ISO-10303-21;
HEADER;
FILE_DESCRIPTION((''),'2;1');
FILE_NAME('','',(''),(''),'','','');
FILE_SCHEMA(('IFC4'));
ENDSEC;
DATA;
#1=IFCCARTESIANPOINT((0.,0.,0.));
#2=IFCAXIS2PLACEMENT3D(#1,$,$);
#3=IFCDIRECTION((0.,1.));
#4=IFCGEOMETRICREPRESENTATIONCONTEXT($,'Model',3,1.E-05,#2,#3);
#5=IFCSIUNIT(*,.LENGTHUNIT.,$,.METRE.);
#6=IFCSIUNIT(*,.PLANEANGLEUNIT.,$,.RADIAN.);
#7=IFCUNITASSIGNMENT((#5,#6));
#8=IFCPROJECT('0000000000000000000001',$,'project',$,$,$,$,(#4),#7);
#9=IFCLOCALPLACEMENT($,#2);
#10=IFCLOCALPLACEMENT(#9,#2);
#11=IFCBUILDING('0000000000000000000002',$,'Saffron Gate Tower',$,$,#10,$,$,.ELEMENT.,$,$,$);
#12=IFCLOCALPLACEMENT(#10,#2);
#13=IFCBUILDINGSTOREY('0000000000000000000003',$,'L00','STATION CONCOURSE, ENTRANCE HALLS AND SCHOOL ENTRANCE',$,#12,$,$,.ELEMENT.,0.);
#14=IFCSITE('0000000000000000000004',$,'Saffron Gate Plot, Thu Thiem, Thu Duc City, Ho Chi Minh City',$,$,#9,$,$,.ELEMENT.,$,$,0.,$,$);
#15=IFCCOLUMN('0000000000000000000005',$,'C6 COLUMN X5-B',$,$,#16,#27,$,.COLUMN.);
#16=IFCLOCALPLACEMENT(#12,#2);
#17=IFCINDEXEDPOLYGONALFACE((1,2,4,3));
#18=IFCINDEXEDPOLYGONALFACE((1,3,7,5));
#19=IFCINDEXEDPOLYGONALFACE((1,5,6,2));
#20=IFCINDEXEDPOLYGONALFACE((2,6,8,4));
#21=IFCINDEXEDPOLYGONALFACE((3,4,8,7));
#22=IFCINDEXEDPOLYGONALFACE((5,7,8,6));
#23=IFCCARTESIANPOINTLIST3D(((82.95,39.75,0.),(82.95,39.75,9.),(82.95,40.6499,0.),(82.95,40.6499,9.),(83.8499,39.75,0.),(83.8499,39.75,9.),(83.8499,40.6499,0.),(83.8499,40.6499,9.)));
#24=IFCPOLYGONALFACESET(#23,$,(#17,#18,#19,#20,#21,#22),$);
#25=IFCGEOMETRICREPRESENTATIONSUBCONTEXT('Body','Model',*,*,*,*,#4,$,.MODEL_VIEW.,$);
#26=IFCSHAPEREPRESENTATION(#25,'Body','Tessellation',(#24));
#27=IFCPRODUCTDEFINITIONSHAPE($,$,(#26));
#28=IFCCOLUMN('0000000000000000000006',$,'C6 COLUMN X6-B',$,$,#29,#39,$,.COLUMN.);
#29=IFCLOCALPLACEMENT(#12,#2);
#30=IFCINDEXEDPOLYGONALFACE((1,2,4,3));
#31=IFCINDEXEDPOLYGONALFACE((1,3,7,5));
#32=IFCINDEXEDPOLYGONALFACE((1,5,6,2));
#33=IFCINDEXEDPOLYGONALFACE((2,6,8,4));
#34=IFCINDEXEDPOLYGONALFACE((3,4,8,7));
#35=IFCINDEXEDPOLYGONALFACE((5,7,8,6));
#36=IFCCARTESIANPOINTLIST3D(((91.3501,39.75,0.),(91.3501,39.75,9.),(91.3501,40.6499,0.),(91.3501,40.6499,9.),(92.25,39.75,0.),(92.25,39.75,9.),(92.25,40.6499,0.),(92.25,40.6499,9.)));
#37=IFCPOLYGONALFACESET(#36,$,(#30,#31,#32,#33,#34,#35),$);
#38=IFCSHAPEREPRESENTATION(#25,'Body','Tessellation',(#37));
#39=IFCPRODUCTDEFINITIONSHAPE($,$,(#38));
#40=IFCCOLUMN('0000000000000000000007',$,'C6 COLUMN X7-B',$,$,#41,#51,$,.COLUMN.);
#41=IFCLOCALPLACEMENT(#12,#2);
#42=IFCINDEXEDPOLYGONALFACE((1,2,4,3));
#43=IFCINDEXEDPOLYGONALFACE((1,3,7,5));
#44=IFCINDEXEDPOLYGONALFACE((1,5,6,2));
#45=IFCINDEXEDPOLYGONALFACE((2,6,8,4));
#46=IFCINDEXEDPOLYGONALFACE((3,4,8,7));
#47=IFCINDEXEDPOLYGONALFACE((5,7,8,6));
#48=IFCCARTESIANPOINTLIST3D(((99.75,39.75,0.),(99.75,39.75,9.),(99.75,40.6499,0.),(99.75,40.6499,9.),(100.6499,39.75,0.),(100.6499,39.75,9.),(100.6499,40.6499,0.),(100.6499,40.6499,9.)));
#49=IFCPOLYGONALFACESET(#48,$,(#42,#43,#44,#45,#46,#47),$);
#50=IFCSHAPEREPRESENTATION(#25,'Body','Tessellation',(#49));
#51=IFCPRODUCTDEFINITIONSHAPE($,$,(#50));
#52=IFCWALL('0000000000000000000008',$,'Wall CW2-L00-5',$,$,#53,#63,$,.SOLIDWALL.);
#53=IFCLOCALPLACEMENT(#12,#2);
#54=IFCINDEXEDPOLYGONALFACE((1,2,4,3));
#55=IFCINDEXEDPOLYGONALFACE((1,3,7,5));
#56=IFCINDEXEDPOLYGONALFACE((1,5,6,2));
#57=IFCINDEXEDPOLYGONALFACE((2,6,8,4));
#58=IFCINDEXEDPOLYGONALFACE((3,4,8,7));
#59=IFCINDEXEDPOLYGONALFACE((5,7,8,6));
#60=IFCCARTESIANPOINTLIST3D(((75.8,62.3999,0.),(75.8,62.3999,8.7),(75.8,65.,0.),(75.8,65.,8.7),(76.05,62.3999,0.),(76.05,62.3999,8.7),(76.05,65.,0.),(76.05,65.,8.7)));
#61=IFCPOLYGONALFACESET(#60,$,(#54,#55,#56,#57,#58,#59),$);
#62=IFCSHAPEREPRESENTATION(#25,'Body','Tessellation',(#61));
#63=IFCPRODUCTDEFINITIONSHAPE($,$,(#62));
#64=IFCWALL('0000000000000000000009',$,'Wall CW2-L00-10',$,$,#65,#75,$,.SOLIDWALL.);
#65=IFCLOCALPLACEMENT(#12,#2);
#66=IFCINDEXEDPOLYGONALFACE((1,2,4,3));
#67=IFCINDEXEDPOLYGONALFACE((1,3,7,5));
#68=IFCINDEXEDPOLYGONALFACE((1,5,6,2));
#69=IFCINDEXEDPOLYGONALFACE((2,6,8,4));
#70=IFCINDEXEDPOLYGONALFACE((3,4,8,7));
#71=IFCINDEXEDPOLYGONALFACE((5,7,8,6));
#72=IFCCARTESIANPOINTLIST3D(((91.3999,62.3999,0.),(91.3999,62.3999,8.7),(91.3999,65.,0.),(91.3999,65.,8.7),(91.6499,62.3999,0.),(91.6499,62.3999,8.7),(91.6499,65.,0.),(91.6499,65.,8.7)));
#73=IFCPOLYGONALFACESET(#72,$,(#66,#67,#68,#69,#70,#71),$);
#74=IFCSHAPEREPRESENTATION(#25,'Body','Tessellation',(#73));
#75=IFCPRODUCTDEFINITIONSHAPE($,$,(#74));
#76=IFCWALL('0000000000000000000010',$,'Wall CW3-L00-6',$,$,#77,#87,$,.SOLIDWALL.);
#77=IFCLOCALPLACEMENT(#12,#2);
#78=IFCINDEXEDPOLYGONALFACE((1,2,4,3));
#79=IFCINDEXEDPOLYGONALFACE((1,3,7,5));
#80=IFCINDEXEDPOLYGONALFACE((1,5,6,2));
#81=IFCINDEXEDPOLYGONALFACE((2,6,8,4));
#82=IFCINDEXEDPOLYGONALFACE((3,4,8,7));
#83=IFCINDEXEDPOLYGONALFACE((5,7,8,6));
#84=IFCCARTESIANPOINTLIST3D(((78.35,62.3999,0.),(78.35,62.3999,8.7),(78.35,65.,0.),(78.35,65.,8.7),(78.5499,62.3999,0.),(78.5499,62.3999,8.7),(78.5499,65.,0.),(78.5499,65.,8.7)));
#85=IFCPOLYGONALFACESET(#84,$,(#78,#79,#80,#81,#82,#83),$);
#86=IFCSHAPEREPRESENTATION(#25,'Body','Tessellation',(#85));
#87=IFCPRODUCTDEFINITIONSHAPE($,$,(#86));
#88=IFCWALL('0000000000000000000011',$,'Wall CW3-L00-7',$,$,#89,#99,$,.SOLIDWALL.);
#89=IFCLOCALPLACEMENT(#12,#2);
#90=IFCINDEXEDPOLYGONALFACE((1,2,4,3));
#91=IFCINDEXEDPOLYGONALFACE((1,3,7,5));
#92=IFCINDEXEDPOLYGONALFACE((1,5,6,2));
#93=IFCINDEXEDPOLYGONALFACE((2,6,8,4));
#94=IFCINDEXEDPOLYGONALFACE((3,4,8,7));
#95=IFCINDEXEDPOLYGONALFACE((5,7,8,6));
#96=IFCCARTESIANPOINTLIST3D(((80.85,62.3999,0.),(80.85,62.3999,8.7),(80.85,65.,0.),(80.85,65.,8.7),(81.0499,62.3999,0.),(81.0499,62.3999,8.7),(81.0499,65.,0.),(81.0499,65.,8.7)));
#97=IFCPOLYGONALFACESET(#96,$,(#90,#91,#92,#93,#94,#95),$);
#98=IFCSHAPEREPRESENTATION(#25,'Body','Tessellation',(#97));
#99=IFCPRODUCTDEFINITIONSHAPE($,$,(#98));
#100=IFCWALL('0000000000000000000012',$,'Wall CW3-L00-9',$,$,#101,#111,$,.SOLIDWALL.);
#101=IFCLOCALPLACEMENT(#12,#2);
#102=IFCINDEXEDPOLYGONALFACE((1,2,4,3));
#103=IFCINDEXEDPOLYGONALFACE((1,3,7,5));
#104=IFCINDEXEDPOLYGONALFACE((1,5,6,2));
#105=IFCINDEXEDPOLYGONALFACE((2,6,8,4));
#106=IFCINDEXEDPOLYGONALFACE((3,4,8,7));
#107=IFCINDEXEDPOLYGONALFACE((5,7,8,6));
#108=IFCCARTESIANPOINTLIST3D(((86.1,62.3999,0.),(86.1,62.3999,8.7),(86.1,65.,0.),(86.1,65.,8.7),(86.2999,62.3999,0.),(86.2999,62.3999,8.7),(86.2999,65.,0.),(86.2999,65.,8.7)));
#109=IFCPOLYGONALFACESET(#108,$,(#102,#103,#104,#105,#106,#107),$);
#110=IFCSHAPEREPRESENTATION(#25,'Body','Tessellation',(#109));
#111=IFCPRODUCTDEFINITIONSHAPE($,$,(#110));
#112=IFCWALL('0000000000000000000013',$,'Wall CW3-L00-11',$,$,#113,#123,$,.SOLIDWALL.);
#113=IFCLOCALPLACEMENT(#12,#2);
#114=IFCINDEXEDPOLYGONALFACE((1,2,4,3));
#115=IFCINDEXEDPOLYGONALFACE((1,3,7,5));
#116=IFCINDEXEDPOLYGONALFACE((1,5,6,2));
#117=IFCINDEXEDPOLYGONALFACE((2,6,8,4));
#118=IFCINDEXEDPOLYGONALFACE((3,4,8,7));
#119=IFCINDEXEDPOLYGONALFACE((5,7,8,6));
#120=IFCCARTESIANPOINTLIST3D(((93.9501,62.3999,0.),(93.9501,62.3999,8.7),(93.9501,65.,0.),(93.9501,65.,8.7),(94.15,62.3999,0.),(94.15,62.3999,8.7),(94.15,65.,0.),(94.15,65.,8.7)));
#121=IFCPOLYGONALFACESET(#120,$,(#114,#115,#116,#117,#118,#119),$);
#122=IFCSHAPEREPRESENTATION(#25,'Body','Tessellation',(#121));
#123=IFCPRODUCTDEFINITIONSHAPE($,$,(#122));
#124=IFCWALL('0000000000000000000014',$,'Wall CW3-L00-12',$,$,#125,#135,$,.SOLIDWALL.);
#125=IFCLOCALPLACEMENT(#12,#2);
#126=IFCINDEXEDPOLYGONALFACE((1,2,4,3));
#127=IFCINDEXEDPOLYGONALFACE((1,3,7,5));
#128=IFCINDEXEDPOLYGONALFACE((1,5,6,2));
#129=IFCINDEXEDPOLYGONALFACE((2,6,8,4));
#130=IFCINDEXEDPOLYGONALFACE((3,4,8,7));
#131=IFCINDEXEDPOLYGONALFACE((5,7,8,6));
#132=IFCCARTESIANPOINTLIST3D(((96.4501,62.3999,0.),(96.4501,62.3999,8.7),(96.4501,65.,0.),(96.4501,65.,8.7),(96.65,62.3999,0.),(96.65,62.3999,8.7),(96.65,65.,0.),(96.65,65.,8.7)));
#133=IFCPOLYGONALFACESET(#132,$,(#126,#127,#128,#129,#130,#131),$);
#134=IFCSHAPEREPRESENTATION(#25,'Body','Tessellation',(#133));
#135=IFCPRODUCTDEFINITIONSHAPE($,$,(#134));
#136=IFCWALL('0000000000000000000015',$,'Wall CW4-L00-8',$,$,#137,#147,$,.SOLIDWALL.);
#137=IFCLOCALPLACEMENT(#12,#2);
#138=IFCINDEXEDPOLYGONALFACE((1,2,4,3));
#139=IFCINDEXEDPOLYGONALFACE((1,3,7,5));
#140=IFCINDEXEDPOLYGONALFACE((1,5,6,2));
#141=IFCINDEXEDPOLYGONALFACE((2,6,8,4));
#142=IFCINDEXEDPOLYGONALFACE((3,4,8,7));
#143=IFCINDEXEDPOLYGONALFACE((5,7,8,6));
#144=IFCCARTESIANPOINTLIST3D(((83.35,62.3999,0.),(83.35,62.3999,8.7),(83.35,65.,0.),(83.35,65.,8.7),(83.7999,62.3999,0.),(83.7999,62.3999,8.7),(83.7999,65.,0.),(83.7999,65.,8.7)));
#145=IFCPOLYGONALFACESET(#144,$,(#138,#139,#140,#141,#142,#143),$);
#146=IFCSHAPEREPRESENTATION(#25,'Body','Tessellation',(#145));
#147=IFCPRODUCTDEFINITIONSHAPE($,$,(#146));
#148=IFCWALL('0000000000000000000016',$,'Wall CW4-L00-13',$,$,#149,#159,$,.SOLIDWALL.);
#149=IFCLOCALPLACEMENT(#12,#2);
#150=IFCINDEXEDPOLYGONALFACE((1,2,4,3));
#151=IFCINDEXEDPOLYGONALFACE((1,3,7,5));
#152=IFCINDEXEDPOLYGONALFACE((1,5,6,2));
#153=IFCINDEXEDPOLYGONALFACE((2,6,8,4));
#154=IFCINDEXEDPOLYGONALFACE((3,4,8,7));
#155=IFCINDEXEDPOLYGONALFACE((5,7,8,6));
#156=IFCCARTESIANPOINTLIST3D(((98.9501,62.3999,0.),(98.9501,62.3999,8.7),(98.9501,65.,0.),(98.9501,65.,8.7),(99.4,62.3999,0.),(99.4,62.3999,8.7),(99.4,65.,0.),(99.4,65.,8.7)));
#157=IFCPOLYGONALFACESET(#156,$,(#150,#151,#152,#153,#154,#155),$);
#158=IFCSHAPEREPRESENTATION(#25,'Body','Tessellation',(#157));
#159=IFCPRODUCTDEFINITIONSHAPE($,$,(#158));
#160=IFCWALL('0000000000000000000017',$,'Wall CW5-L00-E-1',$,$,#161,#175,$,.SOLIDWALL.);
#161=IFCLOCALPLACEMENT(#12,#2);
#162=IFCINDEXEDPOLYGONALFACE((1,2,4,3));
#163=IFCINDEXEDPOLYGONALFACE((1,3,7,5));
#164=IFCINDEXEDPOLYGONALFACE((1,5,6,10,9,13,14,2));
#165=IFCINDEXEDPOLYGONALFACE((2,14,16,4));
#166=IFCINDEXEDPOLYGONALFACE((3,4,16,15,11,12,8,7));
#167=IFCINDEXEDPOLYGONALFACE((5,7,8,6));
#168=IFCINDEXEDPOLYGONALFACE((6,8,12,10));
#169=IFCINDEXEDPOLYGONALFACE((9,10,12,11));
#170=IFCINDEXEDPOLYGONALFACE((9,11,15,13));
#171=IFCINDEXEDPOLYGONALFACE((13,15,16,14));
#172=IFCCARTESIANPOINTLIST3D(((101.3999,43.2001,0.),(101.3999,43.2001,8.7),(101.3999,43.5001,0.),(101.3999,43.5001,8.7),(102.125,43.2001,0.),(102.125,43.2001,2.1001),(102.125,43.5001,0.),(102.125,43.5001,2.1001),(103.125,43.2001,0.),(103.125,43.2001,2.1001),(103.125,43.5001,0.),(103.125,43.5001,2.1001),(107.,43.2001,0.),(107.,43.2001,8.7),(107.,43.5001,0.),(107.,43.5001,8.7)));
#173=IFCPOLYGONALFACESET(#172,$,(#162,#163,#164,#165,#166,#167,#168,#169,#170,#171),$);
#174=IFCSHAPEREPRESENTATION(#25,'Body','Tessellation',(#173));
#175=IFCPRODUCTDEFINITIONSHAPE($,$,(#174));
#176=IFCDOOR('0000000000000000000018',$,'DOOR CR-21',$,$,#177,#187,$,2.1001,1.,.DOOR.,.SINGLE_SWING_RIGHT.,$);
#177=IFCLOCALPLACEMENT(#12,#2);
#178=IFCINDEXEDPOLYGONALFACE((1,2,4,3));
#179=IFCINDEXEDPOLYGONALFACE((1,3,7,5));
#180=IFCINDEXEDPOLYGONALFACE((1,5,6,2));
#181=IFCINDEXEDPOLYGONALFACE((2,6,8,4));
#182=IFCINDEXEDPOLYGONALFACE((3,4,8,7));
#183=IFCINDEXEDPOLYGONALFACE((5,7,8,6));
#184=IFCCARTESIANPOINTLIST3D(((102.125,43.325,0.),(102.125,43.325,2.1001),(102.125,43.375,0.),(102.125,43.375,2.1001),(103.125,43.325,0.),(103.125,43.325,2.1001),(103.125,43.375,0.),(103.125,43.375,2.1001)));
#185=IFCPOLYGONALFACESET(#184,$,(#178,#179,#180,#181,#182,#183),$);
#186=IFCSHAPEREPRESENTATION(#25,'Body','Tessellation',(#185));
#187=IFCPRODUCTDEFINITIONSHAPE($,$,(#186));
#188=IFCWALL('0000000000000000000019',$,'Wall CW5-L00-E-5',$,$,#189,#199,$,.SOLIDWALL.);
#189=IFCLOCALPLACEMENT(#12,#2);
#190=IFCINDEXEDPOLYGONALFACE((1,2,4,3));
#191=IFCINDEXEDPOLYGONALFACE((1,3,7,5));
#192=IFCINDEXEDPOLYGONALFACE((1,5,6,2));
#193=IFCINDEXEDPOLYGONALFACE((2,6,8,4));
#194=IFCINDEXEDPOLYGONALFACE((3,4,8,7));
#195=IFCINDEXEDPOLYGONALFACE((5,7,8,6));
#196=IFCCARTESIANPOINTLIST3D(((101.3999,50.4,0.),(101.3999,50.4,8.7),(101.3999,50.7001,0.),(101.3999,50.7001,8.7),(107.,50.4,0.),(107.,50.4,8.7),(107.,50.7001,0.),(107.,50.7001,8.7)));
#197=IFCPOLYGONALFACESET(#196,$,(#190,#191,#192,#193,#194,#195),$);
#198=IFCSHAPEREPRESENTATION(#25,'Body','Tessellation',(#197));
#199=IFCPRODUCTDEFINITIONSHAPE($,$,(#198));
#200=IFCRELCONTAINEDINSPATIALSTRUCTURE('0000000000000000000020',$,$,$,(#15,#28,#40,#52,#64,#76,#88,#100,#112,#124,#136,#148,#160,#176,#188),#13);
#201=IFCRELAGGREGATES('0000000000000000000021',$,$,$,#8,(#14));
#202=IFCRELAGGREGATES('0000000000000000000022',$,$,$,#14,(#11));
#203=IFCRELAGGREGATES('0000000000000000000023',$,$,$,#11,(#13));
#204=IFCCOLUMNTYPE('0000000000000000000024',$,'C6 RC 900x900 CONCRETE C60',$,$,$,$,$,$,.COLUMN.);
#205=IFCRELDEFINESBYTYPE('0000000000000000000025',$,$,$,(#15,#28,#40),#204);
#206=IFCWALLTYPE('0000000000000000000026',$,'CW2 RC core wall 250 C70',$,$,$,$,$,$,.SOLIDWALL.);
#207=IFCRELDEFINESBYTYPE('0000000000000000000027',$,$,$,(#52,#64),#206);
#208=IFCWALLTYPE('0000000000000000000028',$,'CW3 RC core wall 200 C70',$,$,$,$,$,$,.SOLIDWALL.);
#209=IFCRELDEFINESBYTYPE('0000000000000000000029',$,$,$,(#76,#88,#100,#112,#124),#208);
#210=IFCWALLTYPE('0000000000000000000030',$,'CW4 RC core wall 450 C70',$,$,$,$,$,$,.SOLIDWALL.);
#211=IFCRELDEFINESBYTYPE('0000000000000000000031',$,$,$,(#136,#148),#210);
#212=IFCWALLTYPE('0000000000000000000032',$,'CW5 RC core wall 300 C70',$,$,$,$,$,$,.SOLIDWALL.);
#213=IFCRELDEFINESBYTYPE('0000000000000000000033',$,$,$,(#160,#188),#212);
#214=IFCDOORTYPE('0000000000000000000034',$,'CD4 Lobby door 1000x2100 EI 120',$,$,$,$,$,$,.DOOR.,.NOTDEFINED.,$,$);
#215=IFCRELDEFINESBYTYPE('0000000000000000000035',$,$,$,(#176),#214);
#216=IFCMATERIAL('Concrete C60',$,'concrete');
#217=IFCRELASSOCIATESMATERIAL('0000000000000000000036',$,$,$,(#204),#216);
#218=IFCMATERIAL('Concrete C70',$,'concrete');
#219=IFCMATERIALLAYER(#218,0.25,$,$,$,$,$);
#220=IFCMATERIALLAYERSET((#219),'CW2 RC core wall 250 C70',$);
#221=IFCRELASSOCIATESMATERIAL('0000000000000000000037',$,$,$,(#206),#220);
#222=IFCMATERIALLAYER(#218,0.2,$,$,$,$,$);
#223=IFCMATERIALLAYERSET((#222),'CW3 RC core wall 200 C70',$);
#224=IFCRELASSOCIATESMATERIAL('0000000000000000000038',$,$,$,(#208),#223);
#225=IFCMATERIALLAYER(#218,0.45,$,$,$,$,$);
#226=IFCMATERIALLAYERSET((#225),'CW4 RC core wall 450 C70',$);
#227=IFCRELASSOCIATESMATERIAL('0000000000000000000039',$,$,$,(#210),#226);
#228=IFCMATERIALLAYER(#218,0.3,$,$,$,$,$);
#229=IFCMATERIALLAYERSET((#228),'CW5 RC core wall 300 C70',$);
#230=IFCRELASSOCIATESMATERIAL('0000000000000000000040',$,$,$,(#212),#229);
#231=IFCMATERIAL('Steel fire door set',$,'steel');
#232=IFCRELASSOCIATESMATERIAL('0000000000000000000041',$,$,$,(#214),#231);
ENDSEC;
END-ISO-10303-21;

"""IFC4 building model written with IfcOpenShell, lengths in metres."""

from ifc_helpers import new_model, si_unit, direction, frame, frame_2d, origin, origin_2d, place, context, subcontext, project, spatial, rectangle, extrude, material, layer, layer_set, material_profile, profile_set, type_object, element, fill, save


model = new_model("IFC4")

# Units and contexts
model_context = context("Model", 3, precision=1e-05, world=origin(), true_north=direction((0.0, 1.0)))
body_context = subcontext(model_context, "Body", "Model", "MODEL_VIEW")
ifc_project = project(units=[si_unit("LENGTHUNIT", "METRE"), si_unit("PLANEANGLEUNIT", "RADIAN")], contexts=[model_context])

# Site, building, storey
site_placement = place(None, origin())
site = spatial("IfcSite", under=ifc_project, at=site_placement, Name="Saffron Gate Plot, Thu Thiem, Thu Duc City, Ho Chi Minh City", CompositionType="ELEMENT", RefElevation=0.0)
building_placement = place(site_placement, origin())
building = spatial("IfcBuilding", under=site, at=building_placement, Name="Saffron Gate Tower", CompositionType="ELEMENT")
storey_placement = place(building_placement, origin())
storey = spatial("IfcBuildingStorey", under=building, at=storey_placement, Name="L00", Description="STATION CONCOURSE, ENTRANCE HALLS AND SCHOOL ENTRANCE", CompositionType="ELEMENT", Elevation=0.0)

# Columns
ifc_material_1 = material(Name="Concrete C60", Category="concrete")
ifc_material_profile = material_profile(ifc_material_1, rectangle(XDim=0.8999, YDim=0.8999, at=origin_2d()))
ifc_profile_set = profile_set([ifc_material_profile], Name="Concrete C60")
column_type = type_object("IfcColumnType", Name="C6 RC 900x900 CONCRETE C60", PredefinedType="COLUMN", material=ifc_profile_set)
for number, where, z_axis, x_axis, name in (
    (1, (83.3999, 40.2, 0.0), (0.0, 0.0, 1.0), (1.0, 0.0, 0.0), "C6 COLUMN X5-B"),
    (2, (91.8, 40.2, 0.0), (0.0, 0.0, 1.0), (1.0, 0.0, 0.0), "C6 COLUMN X6-B"),
    (3, (100.2, 40.2, 0.0), (0.0, 0.0, 1.0), (1.0, 0.0, 0.0), "C6 COLUMN X7-B"),
):
    element("IfcColumn", number, at=place(storey_placement, frame(where, z_axis=z_axis, x_axis=x_axis)), inside=storey, type_object=column_type, Name=name, PredefinedType="COLUMN", context=body_context, shape_type="SweptSolid", body=[
        extrude(rectangle(XDim=0.8999, YDim=0.8999, at=origin_2d()), origin(), (0.0, 0.0, 1.0), 9.0),
    ])

# Walls
ifc_material_2 = material(Name="Concrete C70", Category="concrete")
ifc_layer_1 = layer(ifc_material_2, 0.25)
ifc_layer_set_1 = layer_set([ifc_layer_1], Name="CW2 RC core wall 250 C70")
wall_type_1 = type_object("IfcWallType", Name="CW2 RC core wall 250 C70", PredefinedType="SOLIDWALL", material=ifc_layer_set_1)
for number, where, z_axis, x_axis, name in (
    (4, (75.925, 62.3999, 0.0), (0.0, 0.0, 1.0), (0.0, 1.0, 0.0), "Wall CW2-L00-5"),
    (5, (91.5249, 62.3999, 0.0), (0.0, 0.0, 1.0), (0.0, 1.0, 0.0), "Wall CW2-L00-10"),
):
    element("IfcWall", number, at=place(storey_placement, frame(where, z_axis=z_axis, x_axis=x_axis)), inside=storey, type_object=wall_type_1, Name=name, PredefinedType="SOLIDWALL", context=body_context, shape_type="SweptSolid", body=[
        extrude(rectangle(XDim=2.6001, YDim=0.25, at=frame_2d((1.3, 0.0))), origin(), (0.0, 0.0, 1.0), 8.7),
    ])
ifc_layer_2 = layer(ifc_material_2, 0.2)
ifc_layer_set_2 = layer_set([ifc_layer_2], Name="CW3 RC core wall 200 C70")
wall_type_2 = type_object("IfcWallType", Name="CW3 RC core wall 200 C70", PredefinedType="SOLIDWALL", material=ifc_layer_set_2)
for number, where, z_axis, x_axis, name in (
    (6, (78.45, 62.3999, 0.0), (0.0, 0.0, 1.0), (0.0, 1.0, 0.0), "Wall CW3-L00-6"),
    (7, (80.95, 62.3999, 0.0), (0.0, 0.0, 1.0), (0.0, 1.0, 0.0), "Wall CW3-L00-7"),
    (8, (86.2, 62.3999, 0.0), (0.0, 0.0, 1.0), (0.0, 1.0, 0.0), "Wall CW3-L00-9"),
    (9, (94.05, 62.3999, 0.0), (0.0, 0.0, 1.0), (0.0, 1.0, 0.0), "Wall CW3-L00-11"),
    (10, (96.55, 62.3999, 0.0), (0.0, 0.0, 1.0), (0.0, 1.0, 0.0), "Wall CW3-L00-12"),
):
    element("IfcWall", number, at=place(storey_placement, frame(where, z_axis=z_axis, x_axis=x_axis)), inside=storey, type_object=wall_type_2, Name=name, PredefinedType="SOLIDWALL", context=body_context, shape_type="SweptSolid", body=[
        extrude(rectangle(XDim=2.6001, YDim=0.2, at=frame_2d((1.3, 0.0))), origin(), (0.0, 0.0, 1.0), 8.7),
    ])
ifc_layer_3 = layer(ifc_material_2, 0.45)
ifc_layer_set_3 = layer_set([ifc_layer_3], Name="CW4 RC core wall 450 C70")
wall_type_3 = type_object("IfcWallType", Name="CW4 RC core wall 450 C70", PredefinedType="SOLIDWALL", material=ifc_layer_set_3)
for number, where, z_axis, x_axis, name in (
    (11, (83.575, 62.3999, 0.0), (0.0, 0.0, 1.0), (0.0, 1.0, 0.0), "Wall CW4-L00-8"),
    (12, (99.175, 62.3999, 0.0), (0.0, 0.0, 1.0), (0.0, 1.0, 0.0), "Wall CW4-L00-13"),
):
    element("IfcWall", number, at=place(storey_placement, frame(where, z_axis=z_axis, x_axis=x_axis)), inside=storey, type_object=wall_type_3, Name=name, PredefinedType="SOLIDWALL", context=body_context, shape_type="SweptSolid", body=[
        extrude(rectangle(XDim=2.6001, YDim=0.45, at=frame_2d((1.3, 0.0))), origin(), (0.0, 0.0, 1.0), 8.7),
    ])

# Wall, opening, door
ifc_layer_4 = layer(ifc_material_2, 0.3)
ifc_layer_set_4 = layer_set([ifc_layer_4], Name="CW5 RC core wall 300 C70")
wall_type_4 = type_object("IfcWallType", Name="CW5 RC core wall 300 C70", PredefinedType="SOLIDWALL", material=ifc_layer_set_4)
wall_1_placement = place(storey_placement, frame((101.3999, 43.3501, 0.0), z_axis=(0.0, 0.0, 1.0), x_axis=(1.0, 0.0, 0.0)))
wall_1 = element("IfcWall", 13, at=wall_1_placement, inside=storey, type_object=wall_type_4, Name="Wall CW5-L00-E-1", PredefinedType="SOLIDWALL", context=body_context, shape_type="SweptSolid", body=[
    extrude(rectangle(XDim=5.6001, YDim=0.3, at=frame_2d((2.8, 0.0))), origin(), (0.0, 0.0, 1.0), 8.7),
])
opening_1_placement = place(wall_1_placement, frame((0.7251, 0.0, 0.0)))
opening_1 = element("IfcOpeningElement", 14, at=opening_1_placement, cuts=wall_1, PredefinedType="OPENING", context=body_context, shape_type="SweptSolid", body=[
    extrude(rectangle(XDim=1.0, YDim=2.1001, at=frame_2d((0.5, 1.05))), frame((0.0, 0.1602, 0.0), z_axis=(0.0, -1.0, 0.0), x_axis=(1.0, 0.0, 0.0)), (0.0, 0.0, 1.0), 0.3201),
])
ifc_material_3 = material(Name="Steel fire door set", Category="steel")
door_type_1 = type_object("IfcDoorType", Name="CD4 Lobby door 1000x2100 EI 120", OperationType="NOTDEFINED", PredefinedType="DOOR", material=ifc_material_3)
door_1_placement = place(opening_1_placement, origin())
door_1 = element("IfcDoor", 15, at=door_1_placement, inside=storey, type_object=door_type_1, Name="DOOR CR-21", OperationType="SINGLE_SWING_RIGHT", OverallHeight=2.1001, OverallWidth=1.0, PredefinedType="DOOR", context=body_context, shape_type="SweptSolid", body=[
    extrude(rectangle(XDim=1.0, YDim=2.1001, at=frame_2d((0.5, 1.05))), frame((0.0, 0.0249, 0.0), z_axis=(0.0, -1.0, 0.0), x_axis=(1.0, 0.0, 0.0)), (0.0, 0.0, 1.0), 0.05),
])
fill(opening_1, door_1)

# Wall
wall_2_placement = place(storey_placement, frame((101.3999, 50.55, 0.0), z_axis=(0.0, 0.0, 1.0), x_axis=(1.0, 0.0, 0.0)))
element("IfcWall", 16, at=wall_2_placement, inside=storey, type_object=wall_type_4, Name="Wall CW5-L00-E-5", PredefinedType="SOLIDWALL", context=body_context, shape_type="SweptSolid", body=[
    extrude(rectangle(XDim=5.6001, YDim=0.3, at=frame_2d((2.8, 0.0))), origin(), (0.0, 0.0, 1.0), 8.7),
])

save(model, "model.ifc")
